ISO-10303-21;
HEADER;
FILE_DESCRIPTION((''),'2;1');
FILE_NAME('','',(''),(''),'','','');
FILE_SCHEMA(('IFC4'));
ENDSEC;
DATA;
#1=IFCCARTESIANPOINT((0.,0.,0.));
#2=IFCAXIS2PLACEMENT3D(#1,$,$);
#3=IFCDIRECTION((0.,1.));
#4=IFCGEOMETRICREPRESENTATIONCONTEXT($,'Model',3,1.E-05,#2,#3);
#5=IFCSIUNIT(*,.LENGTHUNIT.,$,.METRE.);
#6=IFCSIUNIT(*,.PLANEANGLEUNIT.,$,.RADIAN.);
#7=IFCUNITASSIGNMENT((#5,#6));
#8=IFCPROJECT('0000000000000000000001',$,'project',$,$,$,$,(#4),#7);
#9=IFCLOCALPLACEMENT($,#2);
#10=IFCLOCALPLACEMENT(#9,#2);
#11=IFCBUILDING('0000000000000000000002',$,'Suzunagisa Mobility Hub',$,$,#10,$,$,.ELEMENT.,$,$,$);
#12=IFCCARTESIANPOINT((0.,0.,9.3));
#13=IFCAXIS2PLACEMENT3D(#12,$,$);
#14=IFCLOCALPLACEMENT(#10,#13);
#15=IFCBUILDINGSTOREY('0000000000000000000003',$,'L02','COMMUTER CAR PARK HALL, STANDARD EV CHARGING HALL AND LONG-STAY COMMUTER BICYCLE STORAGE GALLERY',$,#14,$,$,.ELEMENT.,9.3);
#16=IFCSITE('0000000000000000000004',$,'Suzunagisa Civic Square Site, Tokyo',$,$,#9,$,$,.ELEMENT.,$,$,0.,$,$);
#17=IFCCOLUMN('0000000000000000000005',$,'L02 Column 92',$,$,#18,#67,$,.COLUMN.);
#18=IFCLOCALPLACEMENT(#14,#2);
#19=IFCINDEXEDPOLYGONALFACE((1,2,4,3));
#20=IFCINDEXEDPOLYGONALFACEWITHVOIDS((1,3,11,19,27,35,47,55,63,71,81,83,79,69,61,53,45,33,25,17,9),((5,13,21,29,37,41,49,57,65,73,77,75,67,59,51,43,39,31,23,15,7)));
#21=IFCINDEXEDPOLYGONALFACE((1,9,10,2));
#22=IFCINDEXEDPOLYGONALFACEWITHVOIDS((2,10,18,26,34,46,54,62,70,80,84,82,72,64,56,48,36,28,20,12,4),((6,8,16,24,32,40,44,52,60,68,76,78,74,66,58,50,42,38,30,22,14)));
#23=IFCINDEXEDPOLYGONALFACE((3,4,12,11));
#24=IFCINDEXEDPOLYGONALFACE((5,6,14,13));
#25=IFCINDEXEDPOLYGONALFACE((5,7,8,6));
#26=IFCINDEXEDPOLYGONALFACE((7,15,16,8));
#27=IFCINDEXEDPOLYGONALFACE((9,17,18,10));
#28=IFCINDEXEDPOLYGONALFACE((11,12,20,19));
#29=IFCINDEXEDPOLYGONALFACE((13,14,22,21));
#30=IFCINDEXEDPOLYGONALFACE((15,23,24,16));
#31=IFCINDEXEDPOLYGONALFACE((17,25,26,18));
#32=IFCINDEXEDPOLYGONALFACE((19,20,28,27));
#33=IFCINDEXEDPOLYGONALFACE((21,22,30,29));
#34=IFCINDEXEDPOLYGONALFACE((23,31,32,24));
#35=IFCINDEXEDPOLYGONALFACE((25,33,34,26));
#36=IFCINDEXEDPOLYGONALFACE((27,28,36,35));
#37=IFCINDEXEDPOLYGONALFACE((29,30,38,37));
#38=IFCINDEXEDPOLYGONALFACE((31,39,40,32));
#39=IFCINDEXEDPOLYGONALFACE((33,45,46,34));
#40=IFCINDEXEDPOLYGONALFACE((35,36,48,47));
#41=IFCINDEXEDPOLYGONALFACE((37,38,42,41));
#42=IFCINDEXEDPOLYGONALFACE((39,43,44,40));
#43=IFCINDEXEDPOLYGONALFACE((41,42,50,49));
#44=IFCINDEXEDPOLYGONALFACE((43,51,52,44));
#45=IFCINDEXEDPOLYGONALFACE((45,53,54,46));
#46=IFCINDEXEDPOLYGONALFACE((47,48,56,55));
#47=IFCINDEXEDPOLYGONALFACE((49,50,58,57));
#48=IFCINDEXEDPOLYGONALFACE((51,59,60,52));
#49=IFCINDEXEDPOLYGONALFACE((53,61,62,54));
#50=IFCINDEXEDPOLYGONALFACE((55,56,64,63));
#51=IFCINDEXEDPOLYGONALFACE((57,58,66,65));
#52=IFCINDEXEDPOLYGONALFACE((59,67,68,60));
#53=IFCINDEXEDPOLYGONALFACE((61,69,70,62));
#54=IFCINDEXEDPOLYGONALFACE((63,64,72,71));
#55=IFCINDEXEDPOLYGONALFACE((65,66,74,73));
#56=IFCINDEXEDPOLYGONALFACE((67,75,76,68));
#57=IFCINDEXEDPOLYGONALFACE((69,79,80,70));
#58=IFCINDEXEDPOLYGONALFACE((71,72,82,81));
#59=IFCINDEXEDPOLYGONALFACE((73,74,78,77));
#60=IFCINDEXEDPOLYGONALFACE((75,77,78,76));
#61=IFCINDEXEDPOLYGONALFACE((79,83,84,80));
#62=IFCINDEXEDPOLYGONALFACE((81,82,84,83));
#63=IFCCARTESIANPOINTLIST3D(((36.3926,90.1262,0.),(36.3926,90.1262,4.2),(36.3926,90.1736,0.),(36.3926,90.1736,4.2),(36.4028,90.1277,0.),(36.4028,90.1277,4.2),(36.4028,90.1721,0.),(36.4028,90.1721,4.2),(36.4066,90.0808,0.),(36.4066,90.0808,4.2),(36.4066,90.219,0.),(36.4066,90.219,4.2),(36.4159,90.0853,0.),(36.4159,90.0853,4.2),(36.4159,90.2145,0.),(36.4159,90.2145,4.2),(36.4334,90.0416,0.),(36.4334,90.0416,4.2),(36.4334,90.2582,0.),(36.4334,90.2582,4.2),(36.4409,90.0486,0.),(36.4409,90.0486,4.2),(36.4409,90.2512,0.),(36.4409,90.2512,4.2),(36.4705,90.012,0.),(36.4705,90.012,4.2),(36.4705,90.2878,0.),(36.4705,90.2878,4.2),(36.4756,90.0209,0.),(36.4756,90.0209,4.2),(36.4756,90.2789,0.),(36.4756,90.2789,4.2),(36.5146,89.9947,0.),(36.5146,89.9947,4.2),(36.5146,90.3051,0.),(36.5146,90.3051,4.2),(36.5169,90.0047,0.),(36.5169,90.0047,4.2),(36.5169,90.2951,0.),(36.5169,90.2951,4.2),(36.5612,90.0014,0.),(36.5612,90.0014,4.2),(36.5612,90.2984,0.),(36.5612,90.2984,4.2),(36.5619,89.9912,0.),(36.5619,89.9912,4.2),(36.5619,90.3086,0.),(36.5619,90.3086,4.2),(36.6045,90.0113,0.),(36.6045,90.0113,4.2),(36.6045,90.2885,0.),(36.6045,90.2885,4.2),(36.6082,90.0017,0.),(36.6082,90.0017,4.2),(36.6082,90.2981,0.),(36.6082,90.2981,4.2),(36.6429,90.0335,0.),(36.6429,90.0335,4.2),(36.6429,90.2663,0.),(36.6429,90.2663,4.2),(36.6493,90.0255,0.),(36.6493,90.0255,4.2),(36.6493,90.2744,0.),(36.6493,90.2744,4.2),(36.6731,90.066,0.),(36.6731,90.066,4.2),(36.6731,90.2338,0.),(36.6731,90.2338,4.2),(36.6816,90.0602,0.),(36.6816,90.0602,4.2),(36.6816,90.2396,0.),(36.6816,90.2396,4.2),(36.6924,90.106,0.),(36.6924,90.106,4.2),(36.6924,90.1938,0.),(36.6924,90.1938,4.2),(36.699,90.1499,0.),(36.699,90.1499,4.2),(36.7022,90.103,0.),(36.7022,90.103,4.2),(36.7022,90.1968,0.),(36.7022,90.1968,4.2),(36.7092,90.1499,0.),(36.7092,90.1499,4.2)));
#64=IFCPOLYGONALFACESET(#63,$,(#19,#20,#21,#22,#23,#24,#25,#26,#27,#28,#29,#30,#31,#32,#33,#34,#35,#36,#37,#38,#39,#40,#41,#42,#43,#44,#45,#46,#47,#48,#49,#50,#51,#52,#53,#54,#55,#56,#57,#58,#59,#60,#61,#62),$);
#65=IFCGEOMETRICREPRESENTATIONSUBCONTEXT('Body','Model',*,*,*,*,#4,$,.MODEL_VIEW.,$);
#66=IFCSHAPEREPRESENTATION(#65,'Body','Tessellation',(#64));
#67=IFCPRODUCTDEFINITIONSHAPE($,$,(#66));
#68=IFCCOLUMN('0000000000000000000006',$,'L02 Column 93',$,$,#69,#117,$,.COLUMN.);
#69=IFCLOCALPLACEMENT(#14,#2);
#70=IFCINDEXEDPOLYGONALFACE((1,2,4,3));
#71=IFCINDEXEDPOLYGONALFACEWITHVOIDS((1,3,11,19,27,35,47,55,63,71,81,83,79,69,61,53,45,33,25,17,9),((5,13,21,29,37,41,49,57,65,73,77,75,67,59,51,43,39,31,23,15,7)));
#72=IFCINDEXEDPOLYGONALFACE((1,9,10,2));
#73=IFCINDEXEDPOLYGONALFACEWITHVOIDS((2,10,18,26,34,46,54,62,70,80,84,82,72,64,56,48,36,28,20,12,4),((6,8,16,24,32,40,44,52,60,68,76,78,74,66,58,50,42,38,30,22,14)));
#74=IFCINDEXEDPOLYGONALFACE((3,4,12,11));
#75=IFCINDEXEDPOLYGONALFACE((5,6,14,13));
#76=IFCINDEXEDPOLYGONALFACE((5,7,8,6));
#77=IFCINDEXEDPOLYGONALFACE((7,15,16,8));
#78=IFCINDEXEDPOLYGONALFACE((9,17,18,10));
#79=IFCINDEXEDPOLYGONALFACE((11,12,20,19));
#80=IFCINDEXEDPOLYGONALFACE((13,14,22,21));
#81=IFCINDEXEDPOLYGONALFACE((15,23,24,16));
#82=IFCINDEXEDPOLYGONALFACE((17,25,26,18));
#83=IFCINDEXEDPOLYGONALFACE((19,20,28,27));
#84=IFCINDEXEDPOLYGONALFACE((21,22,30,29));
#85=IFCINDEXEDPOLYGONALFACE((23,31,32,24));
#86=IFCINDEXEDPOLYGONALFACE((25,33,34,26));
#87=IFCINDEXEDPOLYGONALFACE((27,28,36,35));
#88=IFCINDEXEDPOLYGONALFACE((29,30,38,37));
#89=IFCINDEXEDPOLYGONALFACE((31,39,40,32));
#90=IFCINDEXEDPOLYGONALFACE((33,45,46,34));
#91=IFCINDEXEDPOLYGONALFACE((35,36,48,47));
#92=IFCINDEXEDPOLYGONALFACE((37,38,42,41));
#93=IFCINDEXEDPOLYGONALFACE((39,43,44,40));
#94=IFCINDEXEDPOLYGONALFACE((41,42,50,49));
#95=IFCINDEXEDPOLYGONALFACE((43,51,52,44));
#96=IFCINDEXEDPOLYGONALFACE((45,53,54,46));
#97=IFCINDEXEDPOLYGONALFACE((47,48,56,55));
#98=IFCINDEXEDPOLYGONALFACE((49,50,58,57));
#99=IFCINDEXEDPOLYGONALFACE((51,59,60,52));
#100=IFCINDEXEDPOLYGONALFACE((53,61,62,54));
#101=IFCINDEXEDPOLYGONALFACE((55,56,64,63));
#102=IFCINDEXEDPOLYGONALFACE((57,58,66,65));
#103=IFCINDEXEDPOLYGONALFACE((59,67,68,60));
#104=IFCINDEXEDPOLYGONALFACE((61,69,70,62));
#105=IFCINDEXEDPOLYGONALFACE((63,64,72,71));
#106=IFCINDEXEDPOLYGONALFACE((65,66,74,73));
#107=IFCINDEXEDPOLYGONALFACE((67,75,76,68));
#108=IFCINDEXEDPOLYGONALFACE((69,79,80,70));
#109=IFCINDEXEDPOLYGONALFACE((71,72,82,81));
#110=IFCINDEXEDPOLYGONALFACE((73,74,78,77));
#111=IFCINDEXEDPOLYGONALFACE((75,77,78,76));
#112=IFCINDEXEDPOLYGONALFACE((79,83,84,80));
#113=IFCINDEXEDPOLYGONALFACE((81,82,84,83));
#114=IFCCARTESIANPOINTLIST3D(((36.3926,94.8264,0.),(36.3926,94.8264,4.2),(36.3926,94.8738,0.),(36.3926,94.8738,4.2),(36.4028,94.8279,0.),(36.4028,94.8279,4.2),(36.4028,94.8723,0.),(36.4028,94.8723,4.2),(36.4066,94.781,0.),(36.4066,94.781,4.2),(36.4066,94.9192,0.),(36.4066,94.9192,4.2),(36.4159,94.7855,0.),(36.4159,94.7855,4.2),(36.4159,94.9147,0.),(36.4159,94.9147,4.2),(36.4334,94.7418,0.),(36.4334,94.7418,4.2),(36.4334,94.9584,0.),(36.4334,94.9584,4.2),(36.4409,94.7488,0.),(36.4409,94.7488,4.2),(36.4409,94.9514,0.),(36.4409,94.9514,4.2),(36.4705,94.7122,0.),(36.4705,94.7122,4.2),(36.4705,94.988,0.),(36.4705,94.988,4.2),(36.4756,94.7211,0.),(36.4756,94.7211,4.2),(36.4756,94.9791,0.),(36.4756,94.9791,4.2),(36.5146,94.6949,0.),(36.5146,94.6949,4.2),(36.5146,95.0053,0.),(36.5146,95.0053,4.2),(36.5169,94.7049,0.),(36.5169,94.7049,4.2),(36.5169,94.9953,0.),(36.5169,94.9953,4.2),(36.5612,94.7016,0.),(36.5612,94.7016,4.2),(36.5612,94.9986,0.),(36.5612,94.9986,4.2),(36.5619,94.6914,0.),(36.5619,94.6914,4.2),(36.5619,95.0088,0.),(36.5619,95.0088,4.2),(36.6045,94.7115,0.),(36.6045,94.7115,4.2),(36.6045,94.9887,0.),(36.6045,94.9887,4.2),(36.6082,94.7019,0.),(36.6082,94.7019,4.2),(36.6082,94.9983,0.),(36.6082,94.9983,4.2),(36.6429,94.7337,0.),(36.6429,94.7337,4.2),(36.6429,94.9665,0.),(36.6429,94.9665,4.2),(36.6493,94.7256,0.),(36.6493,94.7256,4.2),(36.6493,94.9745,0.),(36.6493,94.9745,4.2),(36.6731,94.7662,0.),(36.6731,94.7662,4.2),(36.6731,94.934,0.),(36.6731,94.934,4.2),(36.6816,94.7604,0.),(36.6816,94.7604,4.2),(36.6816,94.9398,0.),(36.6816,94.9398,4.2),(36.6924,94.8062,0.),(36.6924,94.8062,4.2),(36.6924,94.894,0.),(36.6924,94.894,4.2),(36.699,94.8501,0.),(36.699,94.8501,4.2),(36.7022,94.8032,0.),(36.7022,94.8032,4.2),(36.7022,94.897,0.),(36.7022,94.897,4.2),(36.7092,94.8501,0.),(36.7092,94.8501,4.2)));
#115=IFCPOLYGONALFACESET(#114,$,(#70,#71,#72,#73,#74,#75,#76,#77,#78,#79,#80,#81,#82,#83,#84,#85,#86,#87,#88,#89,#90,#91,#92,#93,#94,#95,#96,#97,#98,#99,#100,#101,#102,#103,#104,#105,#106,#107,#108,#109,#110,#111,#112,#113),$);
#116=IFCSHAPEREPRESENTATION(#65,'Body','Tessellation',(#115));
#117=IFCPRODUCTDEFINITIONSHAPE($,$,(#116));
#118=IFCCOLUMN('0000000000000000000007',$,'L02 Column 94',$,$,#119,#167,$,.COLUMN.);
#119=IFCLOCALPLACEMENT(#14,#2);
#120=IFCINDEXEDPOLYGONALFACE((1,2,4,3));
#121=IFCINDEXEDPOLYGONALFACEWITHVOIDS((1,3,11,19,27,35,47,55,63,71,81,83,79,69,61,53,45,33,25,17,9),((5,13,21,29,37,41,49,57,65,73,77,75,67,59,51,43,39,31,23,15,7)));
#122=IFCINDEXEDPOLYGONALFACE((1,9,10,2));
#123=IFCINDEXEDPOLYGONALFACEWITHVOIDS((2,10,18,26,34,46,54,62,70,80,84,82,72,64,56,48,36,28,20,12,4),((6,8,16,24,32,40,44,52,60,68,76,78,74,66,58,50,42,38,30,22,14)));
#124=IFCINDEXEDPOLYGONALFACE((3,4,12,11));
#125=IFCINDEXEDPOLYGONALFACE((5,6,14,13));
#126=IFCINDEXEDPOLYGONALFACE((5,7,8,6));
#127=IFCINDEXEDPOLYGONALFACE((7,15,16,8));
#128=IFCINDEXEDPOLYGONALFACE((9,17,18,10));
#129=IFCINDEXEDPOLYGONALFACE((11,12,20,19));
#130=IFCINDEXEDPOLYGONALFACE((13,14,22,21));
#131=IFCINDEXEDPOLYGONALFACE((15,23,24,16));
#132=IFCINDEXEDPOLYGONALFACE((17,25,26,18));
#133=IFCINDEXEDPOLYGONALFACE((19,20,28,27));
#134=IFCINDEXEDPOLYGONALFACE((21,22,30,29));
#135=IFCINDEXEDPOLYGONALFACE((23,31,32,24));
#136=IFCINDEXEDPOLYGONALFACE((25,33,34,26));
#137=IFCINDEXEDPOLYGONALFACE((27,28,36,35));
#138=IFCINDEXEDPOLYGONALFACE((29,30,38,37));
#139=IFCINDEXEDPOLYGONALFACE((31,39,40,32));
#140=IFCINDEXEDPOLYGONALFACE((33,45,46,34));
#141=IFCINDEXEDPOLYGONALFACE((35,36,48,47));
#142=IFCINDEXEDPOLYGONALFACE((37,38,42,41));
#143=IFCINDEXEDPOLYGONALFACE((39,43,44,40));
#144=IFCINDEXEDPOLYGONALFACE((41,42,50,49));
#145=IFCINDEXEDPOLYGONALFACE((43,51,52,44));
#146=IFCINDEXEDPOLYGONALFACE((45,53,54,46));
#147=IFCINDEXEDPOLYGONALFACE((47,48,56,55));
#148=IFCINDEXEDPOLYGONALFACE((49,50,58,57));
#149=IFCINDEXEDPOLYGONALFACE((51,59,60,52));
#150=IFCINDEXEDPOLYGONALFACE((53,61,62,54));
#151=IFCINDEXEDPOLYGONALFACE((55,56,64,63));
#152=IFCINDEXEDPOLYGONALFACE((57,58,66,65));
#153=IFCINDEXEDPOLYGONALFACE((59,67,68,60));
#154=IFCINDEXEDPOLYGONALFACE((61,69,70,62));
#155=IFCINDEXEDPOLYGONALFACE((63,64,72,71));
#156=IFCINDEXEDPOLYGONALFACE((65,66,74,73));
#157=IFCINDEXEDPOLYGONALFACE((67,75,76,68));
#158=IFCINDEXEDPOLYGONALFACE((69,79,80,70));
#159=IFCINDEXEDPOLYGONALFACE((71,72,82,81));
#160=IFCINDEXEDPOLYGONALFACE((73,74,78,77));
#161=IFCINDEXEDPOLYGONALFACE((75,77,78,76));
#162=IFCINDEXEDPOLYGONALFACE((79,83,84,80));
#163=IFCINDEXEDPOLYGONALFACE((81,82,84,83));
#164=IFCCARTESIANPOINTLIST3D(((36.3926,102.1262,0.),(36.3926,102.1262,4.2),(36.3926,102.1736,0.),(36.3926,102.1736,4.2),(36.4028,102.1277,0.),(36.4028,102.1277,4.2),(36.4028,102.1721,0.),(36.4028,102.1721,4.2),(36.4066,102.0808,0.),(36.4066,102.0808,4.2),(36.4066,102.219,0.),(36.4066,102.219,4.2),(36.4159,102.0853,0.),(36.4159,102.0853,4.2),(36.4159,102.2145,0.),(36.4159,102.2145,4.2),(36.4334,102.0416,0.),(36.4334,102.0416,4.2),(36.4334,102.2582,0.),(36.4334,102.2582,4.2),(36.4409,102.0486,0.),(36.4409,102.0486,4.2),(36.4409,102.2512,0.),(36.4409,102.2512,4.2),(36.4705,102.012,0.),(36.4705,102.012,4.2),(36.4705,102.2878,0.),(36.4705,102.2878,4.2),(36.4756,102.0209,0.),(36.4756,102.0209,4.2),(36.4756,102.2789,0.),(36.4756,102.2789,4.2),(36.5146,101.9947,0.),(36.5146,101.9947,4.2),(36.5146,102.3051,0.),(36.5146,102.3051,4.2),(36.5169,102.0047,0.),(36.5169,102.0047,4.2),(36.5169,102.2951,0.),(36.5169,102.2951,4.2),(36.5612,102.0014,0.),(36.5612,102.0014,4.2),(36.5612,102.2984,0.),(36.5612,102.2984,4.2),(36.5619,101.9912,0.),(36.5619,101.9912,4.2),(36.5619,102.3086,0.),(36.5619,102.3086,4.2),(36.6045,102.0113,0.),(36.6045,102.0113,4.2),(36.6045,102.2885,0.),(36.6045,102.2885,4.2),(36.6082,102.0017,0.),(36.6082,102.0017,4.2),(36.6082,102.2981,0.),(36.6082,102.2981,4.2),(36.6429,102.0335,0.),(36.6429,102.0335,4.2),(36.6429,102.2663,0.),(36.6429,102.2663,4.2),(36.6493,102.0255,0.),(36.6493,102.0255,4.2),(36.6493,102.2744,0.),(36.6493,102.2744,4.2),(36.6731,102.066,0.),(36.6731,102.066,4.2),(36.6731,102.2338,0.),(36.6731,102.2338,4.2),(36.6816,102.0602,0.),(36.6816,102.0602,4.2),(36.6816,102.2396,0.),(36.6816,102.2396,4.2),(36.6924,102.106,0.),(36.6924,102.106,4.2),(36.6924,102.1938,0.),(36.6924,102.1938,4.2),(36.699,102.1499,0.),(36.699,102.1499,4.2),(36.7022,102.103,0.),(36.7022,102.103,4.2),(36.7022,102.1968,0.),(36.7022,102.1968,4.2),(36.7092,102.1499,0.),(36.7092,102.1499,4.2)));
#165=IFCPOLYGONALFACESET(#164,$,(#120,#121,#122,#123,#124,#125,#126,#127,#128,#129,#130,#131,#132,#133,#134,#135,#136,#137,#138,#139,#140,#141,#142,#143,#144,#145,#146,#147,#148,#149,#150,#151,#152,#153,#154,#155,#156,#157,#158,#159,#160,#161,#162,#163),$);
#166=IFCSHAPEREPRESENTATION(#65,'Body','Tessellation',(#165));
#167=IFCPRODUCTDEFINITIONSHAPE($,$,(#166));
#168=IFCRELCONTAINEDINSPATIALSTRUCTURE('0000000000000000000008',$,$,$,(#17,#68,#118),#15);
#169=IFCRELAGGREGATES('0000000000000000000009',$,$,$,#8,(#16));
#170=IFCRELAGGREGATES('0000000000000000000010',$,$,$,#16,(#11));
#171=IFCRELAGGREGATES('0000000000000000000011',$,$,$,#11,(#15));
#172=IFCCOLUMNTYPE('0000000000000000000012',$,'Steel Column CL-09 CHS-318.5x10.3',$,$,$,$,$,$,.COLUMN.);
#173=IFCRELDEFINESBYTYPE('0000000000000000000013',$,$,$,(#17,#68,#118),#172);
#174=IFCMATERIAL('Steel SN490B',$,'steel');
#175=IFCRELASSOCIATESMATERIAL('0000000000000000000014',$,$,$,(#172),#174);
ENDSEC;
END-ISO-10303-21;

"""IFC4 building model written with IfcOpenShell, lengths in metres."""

from ifc_helpers import new_model, si_unit, direction, frame, origin, origin_2d, place, context, subcontext, project, spatial, hollow_circle, extrude, material, material_profile, profile_set, type_object, element, save


model = new_model("IFC4")

# Units and contexts
model_context = context("Model", 3, precision=1e-05, world=origin(), true_north=direction((0.0, 1.0)))
body_context = subcontext(model_context, "Body", "Model", "MODEL_VIEW")
ifc_project = project(units=[si_unit("LENGTHUNIT", "METRE"), si_unit("PLANEANGLEUNIT", "RADIAN")], contexts=[model_context])

# Site, building, storey
site_placement = place(None, origin())
site = spatial("IfcSite", under=ifc_project, at=site_placement, Name="Suzunagisa Civic Square Site, Tokyo", CompositionType="ELEMENT", RefElevation=0.0)
building_placement = place(site_placement, origin())
building = spatial("IfcBuilding", under=site, at=building_placement, Name="Suzunagisa Mobility Hub", CompositionType="ELEMENT")
storey_placement = place(building_placement, frame((0.0, 0.0, 9.3)))
storey = spatial("IfcBuildingStorey", under=building, at=storey_placement, Name="L02", Description="COMMUTER CAR PARK HALL, STANDARD EV CHARGING HALL AND LONG-STAY COMMUTER BICYCLE STORAGE GALLERY", CompositionType="ELEMENT", Elevation=9.3)

# Columns
ifc_material_1 = material(Name="Steel SN490B", Category="steel")
ifc_material_profile_1 = material_profile(ifc_material_1, hollow_circle(Radius=0.1592, WallThickness=0.0103, at=origin_2d()), Name="CHS-318.5x10.3")
ifc_profile_set_1 = profile_set([ifc_material_profile_1], Name="Steel SN490B")
column_type_1 = type_object("IfcColumnType", Name="Steel Column CL-09 CHS-318.5x10.3", PredefinedType="COLUMN", material=ifc_profile_set_1)
for number, where, z_axis, x_axis, name in (
    (1, (36.55, 90.1499, 0.0), (0.0, 0.0, 1.0), (1.0, 0.0, 0.0), "L02 Column 92"),
    (2, (36.55, 94.8501, 0.0), (0.0, 0.0, 1.0), (1.0, 0.0, 0.0), "L02 Column 93"),
    (3, (36.55, 102.1499, 0.0), (0.0, 0.0, 1.0), (1.0, 0.0, 0.0), "L02 Column 94"),
):
    element("IfcColumn", number, at=place(storey_placement, frame(where, z_axis=z_axis, x_axis=x_axis)), inside=storey, type_object=column_type_1, Name=name, PredefinedType="COLUMN", context=body_context, shape_type="SweptSolid", body=[
        extrude(hollow_circle(Radius=0.1592, WallThickness=0.0103, at=origin_2d()), origin(), (0.0, 0.0, 1.0), 4.2),
    ])

save(model, "model.ifc")
